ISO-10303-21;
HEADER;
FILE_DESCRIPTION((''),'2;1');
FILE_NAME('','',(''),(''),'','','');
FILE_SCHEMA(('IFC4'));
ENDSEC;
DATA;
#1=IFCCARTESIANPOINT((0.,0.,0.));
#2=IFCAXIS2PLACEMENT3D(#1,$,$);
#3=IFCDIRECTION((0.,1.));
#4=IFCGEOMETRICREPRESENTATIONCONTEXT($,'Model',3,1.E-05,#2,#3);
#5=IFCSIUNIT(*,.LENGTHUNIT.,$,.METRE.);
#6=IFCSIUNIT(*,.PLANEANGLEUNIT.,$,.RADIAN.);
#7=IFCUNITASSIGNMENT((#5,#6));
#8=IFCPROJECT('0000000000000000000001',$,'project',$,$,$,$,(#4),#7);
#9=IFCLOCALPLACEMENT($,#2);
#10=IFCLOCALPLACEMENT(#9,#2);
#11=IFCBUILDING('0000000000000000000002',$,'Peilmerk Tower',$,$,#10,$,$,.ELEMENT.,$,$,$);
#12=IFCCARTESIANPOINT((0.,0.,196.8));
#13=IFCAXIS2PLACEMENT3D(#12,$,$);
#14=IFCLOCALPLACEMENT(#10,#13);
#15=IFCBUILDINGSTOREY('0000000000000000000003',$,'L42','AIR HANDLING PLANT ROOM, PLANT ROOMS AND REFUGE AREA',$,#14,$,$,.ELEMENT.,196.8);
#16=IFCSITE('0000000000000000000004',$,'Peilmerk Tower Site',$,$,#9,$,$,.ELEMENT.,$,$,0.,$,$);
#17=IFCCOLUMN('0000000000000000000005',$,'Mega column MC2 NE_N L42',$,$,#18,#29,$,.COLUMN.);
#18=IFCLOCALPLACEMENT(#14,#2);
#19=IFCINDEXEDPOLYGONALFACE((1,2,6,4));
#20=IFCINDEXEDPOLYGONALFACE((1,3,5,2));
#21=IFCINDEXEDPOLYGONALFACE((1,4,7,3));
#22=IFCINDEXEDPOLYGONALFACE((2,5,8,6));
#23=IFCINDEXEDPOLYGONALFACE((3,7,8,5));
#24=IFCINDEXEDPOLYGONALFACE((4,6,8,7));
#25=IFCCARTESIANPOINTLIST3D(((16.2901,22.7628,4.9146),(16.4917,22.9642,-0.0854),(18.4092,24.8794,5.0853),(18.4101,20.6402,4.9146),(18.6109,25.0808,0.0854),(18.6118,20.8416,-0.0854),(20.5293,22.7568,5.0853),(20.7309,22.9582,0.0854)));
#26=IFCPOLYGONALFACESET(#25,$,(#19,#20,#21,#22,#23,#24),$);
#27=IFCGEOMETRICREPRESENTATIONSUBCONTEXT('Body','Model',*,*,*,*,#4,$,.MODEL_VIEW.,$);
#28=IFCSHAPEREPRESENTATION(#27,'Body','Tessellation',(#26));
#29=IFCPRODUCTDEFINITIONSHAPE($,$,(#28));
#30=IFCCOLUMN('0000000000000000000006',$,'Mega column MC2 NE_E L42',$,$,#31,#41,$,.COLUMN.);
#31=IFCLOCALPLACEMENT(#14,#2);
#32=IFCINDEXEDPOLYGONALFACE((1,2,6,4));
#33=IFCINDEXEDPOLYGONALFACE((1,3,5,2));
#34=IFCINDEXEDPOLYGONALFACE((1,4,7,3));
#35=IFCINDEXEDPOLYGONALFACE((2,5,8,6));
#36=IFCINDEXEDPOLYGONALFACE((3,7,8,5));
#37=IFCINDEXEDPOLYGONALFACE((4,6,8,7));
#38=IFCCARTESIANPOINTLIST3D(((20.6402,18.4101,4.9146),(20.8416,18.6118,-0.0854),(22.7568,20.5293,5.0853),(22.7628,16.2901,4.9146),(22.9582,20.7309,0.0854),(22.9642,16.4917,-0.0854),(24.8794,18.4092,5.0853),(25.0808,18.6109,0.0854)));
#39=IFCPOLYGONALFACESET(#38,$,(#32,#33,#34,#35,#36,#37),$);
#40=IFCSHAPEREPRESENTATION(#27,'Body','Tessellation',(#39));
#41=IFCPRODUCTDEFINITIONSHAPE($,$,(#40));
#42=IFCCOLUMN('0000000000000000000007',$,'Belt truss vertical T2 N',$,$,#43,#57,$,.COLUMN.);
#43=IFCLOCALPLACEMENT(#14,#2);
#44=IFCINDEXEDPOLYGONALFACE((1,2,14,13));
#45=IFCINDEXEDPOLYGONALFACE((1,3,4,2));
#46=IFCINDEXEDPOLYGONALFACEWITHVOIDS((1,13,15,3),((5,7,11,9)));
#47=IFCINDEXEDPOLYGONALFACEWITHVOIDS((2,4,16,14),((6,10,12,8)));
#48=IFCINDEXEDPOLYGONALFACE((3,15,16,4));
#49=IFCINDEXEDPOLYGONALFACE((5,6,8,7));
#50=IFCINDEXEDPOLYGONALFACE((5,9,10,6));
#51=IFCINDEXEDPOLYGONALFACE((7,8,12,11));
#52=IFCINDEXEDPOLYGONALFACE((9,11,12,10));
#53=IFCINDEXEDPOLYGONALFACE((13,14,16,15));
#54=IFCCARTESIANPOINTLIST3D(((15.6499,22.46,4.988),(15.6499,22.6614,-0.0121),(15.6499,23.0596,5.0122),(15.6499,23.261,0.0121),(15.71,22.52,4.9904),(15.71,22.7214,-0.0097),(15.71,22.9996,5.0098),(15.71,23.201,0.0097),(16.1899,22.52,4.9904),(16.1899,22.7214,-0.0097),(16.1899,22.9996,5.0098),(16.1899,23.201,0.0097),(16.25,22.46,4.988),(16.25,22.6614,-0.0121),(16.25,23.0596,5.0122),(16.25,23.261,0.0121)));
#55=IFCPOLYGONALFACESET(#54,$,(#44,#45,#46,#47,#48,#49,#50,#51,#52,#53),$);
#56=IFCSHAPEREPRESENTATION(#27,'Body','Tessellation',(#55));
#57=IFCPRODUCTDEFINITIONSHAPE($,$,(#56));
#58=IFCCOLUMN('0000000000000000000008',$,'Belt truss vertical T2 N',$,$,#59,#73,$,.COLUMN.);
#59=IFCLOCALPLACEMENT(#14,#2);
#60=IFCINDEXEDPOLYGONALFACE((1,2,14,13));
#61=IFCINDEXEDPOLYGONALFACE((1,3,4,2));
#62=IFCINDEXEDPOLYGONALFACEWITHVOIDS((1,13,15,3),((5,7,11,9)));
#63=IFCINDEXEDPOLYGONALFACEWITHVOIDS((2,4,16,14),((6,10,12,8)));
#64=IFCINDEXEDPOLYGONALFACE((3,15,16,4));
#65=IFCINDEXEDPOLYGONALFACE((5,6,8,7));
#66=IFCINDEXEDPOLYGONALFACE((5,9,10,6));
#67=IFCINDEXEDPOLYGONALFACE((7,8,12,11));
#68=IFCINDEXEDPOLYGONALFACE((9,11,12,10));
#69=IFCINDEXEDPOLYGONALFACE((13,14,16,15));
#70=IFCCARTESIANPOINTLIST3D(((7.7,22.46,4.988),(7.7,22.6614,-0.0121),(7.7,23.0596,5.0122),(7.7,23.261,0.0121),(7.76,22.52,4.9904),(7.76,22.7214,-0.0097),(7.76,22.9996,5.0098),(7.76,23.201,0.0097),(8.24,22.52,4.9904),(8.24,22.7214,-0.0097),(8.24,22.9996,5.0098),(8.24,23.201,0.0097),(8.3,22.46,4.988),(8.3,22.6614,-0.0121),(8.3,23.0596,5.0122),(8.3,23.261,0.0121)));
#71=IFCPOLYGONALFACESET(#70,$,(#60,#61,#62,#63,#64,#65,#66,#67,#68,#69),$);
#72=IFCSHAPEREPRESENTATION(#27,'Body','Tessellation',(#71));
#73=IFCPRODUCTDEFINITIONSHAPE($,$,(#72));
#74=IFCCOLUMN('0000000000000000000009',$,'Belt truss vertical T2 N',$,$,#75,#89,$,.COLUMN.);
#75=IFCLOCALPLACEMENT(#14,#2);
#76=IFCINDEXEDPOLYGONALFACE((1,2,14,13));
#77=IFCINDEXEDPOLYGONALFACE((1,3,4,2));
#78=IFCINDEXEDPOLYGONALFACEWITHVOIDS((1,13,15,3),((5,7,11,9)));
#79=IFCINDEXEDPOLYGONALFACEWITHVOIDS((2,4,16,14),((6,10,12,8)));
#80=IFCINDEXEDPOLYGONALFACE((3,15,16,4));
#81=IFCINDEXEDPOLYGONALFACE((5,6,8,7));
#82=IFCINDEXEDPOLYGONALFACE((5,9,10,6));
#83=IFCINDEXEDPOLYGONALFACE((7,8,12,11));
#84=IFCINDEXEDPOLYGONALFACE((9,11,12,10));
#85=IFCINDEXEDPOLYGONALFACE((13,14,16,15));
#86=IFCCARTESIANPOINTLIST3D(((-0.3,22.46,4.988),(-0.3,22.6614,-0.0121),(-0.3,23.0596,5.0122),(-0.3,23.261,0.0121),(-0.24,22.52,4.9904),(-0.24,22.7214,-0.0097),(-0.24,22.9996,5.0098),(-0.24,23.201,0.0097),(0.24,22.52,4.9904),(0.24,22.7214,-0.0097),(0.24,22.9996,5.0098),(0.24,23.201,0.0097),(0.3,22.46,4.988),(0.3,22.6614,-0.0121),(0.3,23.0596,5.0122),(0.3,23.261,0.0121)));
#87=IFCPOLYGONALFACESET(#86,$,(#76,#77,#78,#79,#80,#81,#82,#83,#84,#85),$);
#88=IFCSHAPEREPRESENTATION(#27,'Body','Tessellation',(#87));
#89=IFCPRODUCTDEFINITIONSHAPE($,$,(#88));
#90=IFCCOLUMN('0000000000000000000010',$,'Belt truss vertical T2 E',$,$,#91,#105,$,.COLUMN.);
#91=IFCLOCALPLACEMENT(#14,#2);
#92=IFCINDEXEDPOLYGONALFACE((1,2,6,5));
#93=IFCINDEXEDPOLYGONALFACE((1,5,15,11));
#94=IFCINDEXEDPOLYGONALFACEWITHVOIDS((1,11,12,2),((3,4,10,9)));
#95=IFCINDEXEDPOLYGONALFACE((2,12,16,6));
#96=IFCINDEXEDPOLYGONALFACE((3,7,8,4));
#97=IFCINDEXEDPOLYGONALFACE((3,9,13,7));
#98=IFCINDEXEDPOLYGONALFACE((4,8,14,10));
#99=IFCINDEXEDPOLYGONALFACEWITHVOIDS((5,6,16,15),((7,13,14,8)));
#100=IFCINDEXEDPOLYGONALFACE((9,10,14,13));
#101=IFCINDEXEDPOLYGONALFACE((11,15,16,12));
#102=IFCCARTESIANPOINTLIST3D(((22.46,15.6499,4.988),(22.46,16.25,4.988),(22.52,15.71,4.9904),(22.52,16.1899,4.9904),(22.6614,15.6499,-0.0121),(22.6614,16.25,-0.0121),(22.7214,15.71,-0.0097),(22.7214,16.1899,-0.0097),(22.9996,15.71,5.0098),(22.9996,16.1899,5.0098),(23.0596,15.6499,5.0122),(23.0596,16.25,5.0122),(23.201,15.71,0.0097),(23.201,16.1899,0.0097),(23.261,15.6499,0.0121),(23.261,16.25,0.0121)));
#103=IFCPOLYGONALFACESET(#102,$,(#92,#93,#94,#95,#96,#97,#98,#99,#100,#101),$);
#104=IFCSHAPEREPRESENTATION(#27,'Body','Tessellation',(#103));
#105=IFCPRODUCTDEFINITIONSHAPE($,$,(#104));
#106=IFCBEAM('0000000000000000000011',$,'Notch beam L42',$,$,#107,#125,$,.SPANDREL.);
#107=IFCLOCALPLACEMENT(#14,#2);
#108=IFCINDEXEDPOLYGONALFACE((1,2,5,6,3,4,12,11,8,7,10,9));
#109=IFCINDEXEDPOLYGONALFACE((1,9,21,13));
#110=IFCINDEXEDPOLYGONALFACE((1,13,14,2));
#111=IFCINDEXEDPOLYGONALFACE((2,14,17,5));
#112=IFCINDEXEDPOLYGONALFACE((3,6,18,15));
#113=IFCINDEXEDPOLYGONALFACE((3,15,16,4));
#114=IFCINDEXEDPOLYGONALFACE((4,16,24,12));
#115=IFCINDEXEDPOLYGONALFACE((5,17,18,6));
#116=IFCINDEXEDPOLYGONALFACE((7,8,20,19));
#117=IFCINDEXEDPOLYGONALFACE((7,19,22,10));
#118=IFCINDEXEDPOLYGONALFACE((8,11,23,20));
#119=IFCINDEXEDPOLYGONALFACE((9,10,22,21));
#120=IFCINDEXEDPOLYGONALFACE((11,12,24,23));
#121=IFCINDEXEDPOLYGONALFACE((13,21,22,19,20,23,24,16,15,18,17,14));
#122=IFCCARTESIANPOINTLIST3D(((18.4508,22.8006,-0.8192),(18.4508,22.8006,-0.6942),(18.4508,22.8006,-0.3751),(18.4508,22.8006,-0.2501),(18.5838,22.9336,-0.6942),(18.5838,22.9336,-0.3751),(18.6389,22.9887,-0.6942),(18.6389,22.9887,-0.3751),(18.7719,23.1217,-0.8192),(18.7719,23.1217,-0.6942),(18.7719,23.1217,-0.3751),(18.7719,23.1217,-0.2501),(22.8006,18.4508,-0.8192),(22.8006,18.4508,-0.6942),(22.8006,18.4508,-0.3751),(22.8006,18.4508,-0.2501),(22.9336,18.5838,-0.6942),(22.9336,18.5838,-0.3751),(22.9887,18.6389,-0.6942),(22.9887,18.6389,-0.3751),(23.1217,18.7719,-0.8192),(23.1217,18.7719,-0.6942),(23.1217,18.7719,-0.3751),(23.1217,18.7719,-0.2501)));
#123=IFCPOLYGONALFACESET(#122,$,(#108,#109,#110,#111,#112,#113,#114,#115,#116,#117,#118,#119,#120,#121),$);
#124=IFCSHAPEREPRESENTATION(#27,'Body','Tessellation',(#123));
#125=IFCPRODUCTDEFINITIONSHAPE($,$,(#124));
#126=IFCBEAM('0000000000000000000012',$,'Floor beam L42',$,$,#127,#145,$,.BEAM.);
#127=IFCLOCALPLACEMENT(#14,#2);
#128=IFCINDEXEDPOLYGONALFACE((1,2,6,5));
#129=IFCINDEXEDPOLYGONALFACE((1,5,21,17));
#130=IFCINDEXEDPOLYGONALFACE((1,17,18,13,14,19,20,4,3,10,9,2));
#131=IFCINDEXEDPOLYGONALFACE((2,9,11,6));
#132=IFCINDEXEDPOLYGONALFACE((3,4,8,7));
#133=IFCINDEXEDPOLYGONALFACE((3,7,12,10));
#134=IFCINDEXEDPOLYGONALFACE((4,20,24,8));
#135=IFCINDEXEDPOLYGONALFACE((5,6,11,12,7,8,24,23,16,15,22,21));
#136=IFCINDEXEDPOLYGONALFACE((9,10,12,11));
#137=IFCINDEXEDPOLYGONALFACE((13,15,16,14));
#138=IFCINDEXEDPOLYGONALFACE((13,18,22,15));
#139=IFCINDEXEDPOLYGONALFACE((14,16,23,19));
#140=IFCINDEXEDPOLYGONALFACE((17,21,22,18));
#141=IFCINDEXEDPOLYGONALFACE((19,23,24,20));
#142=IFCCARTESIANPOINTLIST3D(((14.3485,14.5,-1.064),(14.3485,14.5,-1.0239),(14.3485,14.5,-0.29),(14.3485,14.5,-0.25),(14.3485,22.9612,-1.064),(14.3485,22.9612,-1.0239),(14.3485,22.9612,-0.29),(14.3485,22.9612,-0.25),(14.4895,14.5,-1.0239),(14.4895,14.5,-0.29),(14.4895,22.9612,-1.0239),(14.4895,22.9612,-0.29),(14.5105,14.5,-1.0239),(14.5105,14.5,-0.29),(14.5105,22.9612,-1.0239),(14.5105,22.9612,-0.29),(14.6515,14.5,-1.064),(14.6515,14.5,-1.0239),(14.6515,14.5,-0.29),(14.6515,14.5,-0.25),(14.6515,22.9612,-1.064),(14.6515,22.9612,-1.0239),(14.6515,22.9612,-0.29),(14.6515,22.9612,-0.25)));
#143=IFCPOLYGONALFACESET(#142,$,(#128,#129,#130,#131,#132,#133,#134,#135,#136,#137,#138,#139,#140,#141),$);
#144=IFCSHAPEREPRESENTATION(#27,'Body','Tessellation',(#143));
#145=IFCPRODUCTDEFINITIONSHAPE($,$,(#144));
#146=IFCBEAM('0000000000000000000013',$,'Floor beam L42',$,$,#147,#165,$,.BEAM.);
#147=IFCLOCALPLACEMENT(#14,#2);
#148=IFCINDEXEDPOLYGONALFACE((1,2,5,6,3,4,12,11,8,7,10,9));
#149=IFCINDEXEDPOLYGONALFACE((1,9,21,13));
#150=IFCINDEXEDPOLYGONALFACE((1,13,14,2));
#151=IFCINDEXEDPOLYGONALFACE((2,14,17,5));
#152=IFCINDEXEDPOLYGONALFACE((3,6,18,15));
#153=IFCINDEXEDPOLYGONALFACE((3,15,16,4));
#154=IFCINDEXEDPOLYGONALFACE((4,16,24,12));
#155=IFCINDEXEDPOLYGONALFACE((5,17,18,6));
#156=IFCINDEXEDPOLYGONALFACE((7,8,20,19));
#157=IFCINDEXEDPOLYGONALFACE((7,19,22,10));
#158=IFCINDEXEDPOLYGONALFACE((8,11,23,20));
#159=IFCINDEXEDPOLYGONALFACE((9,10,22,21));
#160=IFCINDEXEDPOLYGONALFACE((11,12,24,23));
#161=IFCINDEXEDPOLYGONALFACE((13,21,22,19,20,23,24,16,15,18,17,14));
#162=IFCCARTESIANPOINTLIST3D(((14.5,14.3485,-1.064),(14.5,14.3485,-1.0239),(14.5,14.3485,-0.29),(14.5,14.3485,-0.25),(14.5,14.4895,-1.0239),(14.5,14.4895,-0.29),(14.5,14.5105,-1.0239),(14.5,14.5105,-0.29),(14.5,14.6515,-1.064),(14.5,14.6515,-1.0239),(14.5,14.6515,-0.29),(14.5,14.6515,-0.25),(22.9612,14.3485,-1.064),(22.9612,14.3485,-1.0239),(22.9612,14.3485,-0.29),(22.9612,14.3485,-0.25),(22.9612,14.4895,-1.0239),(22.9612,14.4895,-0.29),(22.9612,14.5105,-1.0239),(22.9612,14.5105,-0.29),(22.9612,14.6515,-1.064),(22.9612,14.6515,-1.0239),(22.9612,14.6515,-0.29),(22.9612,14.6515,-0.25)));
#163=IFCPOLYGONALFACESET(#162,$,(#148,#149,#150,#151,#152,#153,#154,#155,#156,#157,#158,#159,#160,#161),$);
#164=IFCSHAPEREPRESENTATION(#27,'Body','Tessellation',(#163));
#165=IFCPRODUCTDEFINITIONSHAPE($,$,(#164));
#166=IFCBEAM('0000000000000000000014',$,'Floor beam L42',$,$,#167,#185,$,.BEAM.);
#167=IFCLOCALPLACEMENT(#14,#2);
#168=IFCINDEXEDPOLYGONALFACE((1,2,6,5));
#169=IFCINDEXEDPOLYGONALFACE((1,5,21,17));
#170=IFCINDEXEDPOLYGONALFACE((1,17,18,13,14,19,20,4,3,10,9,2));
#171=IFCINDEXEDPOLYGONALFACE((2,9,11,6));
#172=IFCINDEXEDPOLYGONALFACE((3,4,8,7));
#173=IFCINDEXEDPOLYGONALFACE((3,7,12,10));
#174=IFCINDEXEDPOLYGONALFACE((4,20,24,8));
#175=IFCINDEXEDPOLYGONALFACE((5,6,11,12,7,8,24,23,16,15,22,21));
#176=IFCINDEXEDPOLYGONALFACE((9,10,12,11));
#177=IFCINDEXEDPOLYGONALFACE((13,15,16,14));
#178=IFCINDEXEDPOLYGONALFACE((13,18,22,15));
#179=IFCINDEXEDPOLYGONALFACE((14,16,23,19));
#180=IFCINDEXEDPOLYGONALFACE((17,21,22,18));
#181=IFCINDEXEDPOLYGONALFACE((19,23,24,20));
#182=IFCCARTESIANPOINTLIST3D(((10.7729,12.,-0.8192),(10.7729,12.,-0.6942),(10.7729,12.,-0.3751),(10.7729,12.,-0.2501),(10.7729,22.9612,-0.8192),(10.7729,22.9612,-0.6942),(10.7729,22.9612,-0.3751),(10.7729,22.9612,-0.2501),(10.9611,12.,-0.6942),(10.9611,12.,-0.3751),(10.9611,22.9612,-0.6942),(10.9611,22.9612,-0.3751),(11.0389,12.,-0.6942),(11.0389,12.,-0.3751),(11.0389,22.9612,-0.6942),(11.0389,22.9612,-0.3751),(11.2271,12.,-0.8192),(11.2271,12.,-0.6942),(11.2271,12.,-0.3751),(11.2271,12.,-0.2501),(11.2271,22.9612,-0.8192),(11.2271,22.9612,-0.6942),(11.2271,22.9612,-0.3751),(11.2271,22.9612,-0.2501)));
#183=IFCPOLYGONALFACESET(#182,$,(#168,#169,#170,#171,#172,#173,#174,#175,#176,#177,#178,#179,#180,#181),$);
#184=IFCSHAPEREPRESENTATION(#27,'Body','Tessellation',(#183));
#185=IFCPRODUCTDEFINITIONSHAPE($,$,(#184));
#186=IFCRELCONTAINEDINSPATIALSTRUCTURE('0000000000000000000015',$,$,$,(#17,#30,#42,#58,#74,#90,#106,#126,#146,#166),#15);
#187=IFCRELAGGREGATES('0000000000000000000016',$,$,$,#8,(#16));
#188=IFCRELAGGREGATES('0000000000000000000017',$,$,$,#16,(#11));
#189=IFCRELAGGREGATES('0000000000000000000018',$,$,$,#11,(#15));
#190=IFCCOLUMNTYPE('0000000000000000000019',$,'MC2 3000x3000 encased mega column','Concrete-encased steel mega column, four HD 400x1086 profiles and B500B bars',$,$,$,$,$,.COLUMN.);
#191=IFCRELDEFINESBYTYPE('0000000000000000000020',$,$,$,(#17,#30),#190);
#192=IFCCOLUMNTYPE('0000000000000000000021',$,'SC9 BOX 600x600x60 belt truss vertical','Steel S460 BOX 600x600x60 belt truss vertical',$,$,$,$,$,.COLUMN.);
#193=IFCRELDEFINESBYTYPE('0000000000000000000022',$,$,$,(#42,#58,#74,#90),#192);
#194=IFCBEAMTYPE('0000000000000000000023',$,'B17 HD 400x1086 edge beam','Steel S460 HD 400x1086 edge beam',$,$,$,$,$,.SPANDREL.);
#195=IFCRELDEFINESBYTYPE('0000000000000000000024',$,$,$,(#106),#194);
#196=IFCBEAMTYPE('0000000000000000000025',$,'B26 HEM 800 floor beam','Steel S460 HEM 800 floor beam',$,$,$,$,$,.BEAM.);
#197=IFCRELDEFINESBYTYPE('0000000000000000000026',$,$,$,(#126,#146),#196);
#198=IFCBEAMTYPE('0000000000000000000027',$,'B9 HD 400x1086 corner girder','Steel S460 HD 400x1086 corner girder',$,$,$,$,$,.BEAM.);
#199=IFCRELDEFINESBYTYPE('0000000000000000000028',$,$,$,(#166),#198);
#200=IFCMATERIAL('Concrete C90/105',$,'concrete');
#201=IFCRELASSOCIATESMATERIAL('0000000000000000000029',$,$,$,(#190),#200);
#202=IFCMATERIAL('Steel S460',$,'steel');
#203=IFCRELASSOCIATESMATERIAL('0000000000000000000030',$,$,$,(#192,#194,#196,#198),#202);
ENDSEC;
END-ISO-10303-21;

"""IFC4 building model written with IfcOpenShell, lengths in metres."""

from ifc_helpers import new_model, si_unit, direction, frame, origin, origin_2d, place, context, subcontext, project, spatial, rectangle, hollow_rectangle, i_section, extrude, material, material_profile, profile_set, type_object, element, save


model = new_model("IFC4")

# Units and contexts
model_context = context("Model", 3, precision=1e-05, world=origin(), true_north=direction((0.0, 1.0)))
body_context = subcontext(model_context, "Body", "Model", "MODEL_VIEW")
ifc_project = project(units=[si_unit("LENGTHUNIT", "METRE"), si_unit("PLANEANGLEUNIT", "RADIAN")], contexts=[model_context])

# Site, building, storey
site_placement = place(None, origin())
site = spatial("IfcSite", under=ifc_project, at=site_placement, Name="Peilmerk Tower Site", CompositionType="ELEMENT", RefElevation=0.0)
building_placement = place(site_placement, origin())
building = spatial("IfcBuilding", under=site, at=building_placement, Name="Peilmerk Tower", CompositionType="ELEMENT")
storey_placement = place(building_placement, frame((0.0, 0.0, 196.8)))
storey = spatial("IfcBuildingStorey", under=building, at=storey_placement, Name="L42", Description="AIR HANDLING PLANT ROOM, PLANT ROOMS AND REFUGE AREA", CompositionType="ELEMENT", Elevation=196.8)

# Columns
ifc_material_1 = material(Name="Concrete C90/105", Category="concrete")
ifc_material_profile_1 = material_profile(ifc_material_1, rectangle(XDim=3.0, YDim=3.0, at=origin_2d()), Name="RC 3000x3000")
ifc_profile_set_1 = profile_set([ifc_material_profile_1], Name="Concrete C90/105")
column_type_1 = type_object("IfcColumnType", Name="MC2 3000x3000 encased mega column", Description="Concrete-encased steel mega column, four HD 400x1086 profiles and B500B bars", PredefinedType="COLUMN", material=ifc_profile_set_1)
for number, where, z_axis, x_axis, name in (
    (1, (18.6113, 22.9612, 0.0), (-0.040267, -0.040218, 0.998379), (0.706678, -0.707535, 0.0), "Mega column MC2 NE_N L42"),
    (2, (22.9612, 18.6113, 0.0), (-0.040218, -0.040267, 0.998379), (0.707535, -0.706678, 0.0), "Mega column MC2 NE_E L42"),
):
    element("IfcColumn", number, at=place(storey_placement, frame(where, z_axis=z_axis, x_axis=x_axis)), inside=storey, type_object=column_type_1, Name=name, PredefinedType="COLUMN", context=body_context, shape_type="SweptSolid", body=[
        extrude(rectangle(XDim=3.0, YDim=3.0, at=origin_2d()), origin(), (0.0, 0.0, 1.0), 5.0081),
    ])
ifc_material_2 = material(Name="Steel S460", Category="steel")
ifc_material_profile_2 = material_profile(ifc_material_2, hollow_rectangle(XDim=0.6001, YDim=0.6001, WallThickness=0.0601, at=origin_2d()), Name="BOX 600x600x60")
ifc_profile_set_2 = profile_set([ifc_material_profile_2], Name="Steel S460")
column_type_2 = type_object("IfcColumnType", Name="SC9 BOX 600x600x60 belt truss vertical", Description="Steel S460 BOX 600x600x60 belt truss vertical", PredefinedType="COLUMN", material=ifc_profile_set_2)
for number, where, z_axis, x_axis, name in (
    (3, (15.95, 22.9612, 0.0), (0.0, -0.040251, 0.99919), (1.0, 0.0, 0.0), "Belt truss vertical T2 N"),
    (4, (8.0, 22.9612, 0.0), (0.0, -0.040251, 0.99919), (1.0, 0.0, 0.0), "Belt truss vertical T2 N"),
    (5, (0.0, 22.9612, 0.0), (0.0, -0.040251, 0.99919), (1.0, 0.0, 0.0), "Belt truss vertical T2 N"),
    (6, (22.9612, 15.95, 0.0), (-0.040251, 0.0, 0.99919), (0.0, -1.0, 0.0), "Belt truss vertical T2 E"),
):
    element("IfcColumn", number, at=place(storey_placement, frame(where, z_axis=z_axis, x_axis=x_axis)), inside=storey, type_object=column_type_2, Name=name, PredefinedType="COLUMN", context=body_context, shape_type="SweptSolid", body=[
        extrude(hollow_rectangle(XDim=0.6001, YDim=0.6001, WallThickness=0.0601, at=origin_2d()), origin(), (0.0, 0.0, 1.0), 5.0042),
    ])

# Beams
ifc_material_profile_3 = material_profile(ifc_material_2, i_section(OverallWidth=0.4541, OverallDepth=0.5691, WebThickness=0.0779, FlangeThickness=0.125, at=origin_2d()), Name="HD 400x1086")
ifc_profile_set_3 = profile_set([ifc_material_profile_3], Name="Steel S460")
beam_type_1 = type_object("IfcBeamType", Name="B17 HD 400x1086 edge beam", Description="Steel S460 HD 400x1086 edge beam", PredefinedType="SPANDREL", material=ifc_profile_set_3)
beam_placement = place(storey_placement, frame((18.6113, 22.9612, -0.5347), z_axis=(0.707107, -0.707107, 0.0), x_axis=(0.707107, 0.707107, 0.0)))
element("IfcBeam", 7, at=beam_placement, inside=storey, type_object=beam_type_1, Name="Notch beam L42", PredefinedType="SPANDREL", context=body_context, shape_type="SweptSolid", body=[
    extrude(i_section(OverallWidth=0.4541, OverallDepth=0.5691, WebThickness=0.0779, FlangeThickness=0.125, at=origin_2d()), origin(), (0.0, 0.0, 1.0), 6.1516),
])
ifc_material_profile_4 = material_profile(ifc_material_2, i_section(OverallWidth=0.303, OverallDepth=0.814, WebThickness=0.021, FlangeThickness=0.04, at=origin_2d()), Name="HEM 800")
ifc_profile_set_4 = profile_set([ifc_material_profile_4], Name="Steel S460")
beam_type_2 = type_object("IfcBeamType", Name="B26 HEM 800 floor beam", Description="Steel S460 HEM 800 floor beam", PredefinedType="BEAM", material=ifc_profile_set_4)
for number, where, z_axis, x_axis, name in (
    (8, (14.5, 14.5, -0.657), (0.0, 1.0, 0.0), (-1.0, 0.0, 0.0), "Floor beam L42"),
    (9, (14.5, 14.5, -0.657), (1.0, 0.0, 0.0), (0.0, 1.0, 0.0), "Floor beam L42"),
):
    element("IfcBeam", number, at=place(storey_placement, frame(where, z_axis=z_axis, x_axis=x_axis)), inside=storey, type_object=beam_type_2, Name=name, PredefinedType="BEAM", context=body_context, shape_type="SweptSolid", body=[
        extrude(i_section(OverallWidth=0.303, OverallDepth=0.814, WebThickness=0.021, FlangeThickness=0.04, at=origin_2d()), origin(), (0.0, 0.0, 1.0), 8.4612),
    ])
ifc_material_profile_5 = material_profile(ifc_material_2, i_section(OverallWidth=0.4541, OverallDepth=0.5691, WebThickness=0.0779, FlangeThickness=0.125, at=origin_2d()), Name="HD 400x1086")
ifc_profile_set_5 = profile_set([ifc_material_profile_5], Name="Steel S460")
beam_type_3 = type_object("IfcBeamType", Name="B9 HD 400x1086 corner girder", Description="Steel S460 HD 400x1086 corner girder", PredefinedType="BEAM", material=ifc_profile_set_5)
for number, where, z_axis, x_axis, name in (
    (10, (11.0, 12.0, -0.5347), (0.0, 1.0, 0.0), (-1.0, 0.0, 0.0), "Floor beam L42"),
):
    element("IfcBeam", number, at=place(storey_placement, frame(where, z_axis=z_axis, x_axis=x_axis)), inside=storey, type_object=beam_type_3, Name=name, PredefinedType="BEAM", context=body_context, shape_type="SweptSolid", body=[
        extrude(i_section(OverallWidth=0.4541, OverallDepth=0.5691, WebThickness=0.0779, FlangeThickness=0.125, at=origin_2d()), origin(), (0.0, 0.0, 1.0), 10.9612),
    ])

save(model, "model.ifc")
